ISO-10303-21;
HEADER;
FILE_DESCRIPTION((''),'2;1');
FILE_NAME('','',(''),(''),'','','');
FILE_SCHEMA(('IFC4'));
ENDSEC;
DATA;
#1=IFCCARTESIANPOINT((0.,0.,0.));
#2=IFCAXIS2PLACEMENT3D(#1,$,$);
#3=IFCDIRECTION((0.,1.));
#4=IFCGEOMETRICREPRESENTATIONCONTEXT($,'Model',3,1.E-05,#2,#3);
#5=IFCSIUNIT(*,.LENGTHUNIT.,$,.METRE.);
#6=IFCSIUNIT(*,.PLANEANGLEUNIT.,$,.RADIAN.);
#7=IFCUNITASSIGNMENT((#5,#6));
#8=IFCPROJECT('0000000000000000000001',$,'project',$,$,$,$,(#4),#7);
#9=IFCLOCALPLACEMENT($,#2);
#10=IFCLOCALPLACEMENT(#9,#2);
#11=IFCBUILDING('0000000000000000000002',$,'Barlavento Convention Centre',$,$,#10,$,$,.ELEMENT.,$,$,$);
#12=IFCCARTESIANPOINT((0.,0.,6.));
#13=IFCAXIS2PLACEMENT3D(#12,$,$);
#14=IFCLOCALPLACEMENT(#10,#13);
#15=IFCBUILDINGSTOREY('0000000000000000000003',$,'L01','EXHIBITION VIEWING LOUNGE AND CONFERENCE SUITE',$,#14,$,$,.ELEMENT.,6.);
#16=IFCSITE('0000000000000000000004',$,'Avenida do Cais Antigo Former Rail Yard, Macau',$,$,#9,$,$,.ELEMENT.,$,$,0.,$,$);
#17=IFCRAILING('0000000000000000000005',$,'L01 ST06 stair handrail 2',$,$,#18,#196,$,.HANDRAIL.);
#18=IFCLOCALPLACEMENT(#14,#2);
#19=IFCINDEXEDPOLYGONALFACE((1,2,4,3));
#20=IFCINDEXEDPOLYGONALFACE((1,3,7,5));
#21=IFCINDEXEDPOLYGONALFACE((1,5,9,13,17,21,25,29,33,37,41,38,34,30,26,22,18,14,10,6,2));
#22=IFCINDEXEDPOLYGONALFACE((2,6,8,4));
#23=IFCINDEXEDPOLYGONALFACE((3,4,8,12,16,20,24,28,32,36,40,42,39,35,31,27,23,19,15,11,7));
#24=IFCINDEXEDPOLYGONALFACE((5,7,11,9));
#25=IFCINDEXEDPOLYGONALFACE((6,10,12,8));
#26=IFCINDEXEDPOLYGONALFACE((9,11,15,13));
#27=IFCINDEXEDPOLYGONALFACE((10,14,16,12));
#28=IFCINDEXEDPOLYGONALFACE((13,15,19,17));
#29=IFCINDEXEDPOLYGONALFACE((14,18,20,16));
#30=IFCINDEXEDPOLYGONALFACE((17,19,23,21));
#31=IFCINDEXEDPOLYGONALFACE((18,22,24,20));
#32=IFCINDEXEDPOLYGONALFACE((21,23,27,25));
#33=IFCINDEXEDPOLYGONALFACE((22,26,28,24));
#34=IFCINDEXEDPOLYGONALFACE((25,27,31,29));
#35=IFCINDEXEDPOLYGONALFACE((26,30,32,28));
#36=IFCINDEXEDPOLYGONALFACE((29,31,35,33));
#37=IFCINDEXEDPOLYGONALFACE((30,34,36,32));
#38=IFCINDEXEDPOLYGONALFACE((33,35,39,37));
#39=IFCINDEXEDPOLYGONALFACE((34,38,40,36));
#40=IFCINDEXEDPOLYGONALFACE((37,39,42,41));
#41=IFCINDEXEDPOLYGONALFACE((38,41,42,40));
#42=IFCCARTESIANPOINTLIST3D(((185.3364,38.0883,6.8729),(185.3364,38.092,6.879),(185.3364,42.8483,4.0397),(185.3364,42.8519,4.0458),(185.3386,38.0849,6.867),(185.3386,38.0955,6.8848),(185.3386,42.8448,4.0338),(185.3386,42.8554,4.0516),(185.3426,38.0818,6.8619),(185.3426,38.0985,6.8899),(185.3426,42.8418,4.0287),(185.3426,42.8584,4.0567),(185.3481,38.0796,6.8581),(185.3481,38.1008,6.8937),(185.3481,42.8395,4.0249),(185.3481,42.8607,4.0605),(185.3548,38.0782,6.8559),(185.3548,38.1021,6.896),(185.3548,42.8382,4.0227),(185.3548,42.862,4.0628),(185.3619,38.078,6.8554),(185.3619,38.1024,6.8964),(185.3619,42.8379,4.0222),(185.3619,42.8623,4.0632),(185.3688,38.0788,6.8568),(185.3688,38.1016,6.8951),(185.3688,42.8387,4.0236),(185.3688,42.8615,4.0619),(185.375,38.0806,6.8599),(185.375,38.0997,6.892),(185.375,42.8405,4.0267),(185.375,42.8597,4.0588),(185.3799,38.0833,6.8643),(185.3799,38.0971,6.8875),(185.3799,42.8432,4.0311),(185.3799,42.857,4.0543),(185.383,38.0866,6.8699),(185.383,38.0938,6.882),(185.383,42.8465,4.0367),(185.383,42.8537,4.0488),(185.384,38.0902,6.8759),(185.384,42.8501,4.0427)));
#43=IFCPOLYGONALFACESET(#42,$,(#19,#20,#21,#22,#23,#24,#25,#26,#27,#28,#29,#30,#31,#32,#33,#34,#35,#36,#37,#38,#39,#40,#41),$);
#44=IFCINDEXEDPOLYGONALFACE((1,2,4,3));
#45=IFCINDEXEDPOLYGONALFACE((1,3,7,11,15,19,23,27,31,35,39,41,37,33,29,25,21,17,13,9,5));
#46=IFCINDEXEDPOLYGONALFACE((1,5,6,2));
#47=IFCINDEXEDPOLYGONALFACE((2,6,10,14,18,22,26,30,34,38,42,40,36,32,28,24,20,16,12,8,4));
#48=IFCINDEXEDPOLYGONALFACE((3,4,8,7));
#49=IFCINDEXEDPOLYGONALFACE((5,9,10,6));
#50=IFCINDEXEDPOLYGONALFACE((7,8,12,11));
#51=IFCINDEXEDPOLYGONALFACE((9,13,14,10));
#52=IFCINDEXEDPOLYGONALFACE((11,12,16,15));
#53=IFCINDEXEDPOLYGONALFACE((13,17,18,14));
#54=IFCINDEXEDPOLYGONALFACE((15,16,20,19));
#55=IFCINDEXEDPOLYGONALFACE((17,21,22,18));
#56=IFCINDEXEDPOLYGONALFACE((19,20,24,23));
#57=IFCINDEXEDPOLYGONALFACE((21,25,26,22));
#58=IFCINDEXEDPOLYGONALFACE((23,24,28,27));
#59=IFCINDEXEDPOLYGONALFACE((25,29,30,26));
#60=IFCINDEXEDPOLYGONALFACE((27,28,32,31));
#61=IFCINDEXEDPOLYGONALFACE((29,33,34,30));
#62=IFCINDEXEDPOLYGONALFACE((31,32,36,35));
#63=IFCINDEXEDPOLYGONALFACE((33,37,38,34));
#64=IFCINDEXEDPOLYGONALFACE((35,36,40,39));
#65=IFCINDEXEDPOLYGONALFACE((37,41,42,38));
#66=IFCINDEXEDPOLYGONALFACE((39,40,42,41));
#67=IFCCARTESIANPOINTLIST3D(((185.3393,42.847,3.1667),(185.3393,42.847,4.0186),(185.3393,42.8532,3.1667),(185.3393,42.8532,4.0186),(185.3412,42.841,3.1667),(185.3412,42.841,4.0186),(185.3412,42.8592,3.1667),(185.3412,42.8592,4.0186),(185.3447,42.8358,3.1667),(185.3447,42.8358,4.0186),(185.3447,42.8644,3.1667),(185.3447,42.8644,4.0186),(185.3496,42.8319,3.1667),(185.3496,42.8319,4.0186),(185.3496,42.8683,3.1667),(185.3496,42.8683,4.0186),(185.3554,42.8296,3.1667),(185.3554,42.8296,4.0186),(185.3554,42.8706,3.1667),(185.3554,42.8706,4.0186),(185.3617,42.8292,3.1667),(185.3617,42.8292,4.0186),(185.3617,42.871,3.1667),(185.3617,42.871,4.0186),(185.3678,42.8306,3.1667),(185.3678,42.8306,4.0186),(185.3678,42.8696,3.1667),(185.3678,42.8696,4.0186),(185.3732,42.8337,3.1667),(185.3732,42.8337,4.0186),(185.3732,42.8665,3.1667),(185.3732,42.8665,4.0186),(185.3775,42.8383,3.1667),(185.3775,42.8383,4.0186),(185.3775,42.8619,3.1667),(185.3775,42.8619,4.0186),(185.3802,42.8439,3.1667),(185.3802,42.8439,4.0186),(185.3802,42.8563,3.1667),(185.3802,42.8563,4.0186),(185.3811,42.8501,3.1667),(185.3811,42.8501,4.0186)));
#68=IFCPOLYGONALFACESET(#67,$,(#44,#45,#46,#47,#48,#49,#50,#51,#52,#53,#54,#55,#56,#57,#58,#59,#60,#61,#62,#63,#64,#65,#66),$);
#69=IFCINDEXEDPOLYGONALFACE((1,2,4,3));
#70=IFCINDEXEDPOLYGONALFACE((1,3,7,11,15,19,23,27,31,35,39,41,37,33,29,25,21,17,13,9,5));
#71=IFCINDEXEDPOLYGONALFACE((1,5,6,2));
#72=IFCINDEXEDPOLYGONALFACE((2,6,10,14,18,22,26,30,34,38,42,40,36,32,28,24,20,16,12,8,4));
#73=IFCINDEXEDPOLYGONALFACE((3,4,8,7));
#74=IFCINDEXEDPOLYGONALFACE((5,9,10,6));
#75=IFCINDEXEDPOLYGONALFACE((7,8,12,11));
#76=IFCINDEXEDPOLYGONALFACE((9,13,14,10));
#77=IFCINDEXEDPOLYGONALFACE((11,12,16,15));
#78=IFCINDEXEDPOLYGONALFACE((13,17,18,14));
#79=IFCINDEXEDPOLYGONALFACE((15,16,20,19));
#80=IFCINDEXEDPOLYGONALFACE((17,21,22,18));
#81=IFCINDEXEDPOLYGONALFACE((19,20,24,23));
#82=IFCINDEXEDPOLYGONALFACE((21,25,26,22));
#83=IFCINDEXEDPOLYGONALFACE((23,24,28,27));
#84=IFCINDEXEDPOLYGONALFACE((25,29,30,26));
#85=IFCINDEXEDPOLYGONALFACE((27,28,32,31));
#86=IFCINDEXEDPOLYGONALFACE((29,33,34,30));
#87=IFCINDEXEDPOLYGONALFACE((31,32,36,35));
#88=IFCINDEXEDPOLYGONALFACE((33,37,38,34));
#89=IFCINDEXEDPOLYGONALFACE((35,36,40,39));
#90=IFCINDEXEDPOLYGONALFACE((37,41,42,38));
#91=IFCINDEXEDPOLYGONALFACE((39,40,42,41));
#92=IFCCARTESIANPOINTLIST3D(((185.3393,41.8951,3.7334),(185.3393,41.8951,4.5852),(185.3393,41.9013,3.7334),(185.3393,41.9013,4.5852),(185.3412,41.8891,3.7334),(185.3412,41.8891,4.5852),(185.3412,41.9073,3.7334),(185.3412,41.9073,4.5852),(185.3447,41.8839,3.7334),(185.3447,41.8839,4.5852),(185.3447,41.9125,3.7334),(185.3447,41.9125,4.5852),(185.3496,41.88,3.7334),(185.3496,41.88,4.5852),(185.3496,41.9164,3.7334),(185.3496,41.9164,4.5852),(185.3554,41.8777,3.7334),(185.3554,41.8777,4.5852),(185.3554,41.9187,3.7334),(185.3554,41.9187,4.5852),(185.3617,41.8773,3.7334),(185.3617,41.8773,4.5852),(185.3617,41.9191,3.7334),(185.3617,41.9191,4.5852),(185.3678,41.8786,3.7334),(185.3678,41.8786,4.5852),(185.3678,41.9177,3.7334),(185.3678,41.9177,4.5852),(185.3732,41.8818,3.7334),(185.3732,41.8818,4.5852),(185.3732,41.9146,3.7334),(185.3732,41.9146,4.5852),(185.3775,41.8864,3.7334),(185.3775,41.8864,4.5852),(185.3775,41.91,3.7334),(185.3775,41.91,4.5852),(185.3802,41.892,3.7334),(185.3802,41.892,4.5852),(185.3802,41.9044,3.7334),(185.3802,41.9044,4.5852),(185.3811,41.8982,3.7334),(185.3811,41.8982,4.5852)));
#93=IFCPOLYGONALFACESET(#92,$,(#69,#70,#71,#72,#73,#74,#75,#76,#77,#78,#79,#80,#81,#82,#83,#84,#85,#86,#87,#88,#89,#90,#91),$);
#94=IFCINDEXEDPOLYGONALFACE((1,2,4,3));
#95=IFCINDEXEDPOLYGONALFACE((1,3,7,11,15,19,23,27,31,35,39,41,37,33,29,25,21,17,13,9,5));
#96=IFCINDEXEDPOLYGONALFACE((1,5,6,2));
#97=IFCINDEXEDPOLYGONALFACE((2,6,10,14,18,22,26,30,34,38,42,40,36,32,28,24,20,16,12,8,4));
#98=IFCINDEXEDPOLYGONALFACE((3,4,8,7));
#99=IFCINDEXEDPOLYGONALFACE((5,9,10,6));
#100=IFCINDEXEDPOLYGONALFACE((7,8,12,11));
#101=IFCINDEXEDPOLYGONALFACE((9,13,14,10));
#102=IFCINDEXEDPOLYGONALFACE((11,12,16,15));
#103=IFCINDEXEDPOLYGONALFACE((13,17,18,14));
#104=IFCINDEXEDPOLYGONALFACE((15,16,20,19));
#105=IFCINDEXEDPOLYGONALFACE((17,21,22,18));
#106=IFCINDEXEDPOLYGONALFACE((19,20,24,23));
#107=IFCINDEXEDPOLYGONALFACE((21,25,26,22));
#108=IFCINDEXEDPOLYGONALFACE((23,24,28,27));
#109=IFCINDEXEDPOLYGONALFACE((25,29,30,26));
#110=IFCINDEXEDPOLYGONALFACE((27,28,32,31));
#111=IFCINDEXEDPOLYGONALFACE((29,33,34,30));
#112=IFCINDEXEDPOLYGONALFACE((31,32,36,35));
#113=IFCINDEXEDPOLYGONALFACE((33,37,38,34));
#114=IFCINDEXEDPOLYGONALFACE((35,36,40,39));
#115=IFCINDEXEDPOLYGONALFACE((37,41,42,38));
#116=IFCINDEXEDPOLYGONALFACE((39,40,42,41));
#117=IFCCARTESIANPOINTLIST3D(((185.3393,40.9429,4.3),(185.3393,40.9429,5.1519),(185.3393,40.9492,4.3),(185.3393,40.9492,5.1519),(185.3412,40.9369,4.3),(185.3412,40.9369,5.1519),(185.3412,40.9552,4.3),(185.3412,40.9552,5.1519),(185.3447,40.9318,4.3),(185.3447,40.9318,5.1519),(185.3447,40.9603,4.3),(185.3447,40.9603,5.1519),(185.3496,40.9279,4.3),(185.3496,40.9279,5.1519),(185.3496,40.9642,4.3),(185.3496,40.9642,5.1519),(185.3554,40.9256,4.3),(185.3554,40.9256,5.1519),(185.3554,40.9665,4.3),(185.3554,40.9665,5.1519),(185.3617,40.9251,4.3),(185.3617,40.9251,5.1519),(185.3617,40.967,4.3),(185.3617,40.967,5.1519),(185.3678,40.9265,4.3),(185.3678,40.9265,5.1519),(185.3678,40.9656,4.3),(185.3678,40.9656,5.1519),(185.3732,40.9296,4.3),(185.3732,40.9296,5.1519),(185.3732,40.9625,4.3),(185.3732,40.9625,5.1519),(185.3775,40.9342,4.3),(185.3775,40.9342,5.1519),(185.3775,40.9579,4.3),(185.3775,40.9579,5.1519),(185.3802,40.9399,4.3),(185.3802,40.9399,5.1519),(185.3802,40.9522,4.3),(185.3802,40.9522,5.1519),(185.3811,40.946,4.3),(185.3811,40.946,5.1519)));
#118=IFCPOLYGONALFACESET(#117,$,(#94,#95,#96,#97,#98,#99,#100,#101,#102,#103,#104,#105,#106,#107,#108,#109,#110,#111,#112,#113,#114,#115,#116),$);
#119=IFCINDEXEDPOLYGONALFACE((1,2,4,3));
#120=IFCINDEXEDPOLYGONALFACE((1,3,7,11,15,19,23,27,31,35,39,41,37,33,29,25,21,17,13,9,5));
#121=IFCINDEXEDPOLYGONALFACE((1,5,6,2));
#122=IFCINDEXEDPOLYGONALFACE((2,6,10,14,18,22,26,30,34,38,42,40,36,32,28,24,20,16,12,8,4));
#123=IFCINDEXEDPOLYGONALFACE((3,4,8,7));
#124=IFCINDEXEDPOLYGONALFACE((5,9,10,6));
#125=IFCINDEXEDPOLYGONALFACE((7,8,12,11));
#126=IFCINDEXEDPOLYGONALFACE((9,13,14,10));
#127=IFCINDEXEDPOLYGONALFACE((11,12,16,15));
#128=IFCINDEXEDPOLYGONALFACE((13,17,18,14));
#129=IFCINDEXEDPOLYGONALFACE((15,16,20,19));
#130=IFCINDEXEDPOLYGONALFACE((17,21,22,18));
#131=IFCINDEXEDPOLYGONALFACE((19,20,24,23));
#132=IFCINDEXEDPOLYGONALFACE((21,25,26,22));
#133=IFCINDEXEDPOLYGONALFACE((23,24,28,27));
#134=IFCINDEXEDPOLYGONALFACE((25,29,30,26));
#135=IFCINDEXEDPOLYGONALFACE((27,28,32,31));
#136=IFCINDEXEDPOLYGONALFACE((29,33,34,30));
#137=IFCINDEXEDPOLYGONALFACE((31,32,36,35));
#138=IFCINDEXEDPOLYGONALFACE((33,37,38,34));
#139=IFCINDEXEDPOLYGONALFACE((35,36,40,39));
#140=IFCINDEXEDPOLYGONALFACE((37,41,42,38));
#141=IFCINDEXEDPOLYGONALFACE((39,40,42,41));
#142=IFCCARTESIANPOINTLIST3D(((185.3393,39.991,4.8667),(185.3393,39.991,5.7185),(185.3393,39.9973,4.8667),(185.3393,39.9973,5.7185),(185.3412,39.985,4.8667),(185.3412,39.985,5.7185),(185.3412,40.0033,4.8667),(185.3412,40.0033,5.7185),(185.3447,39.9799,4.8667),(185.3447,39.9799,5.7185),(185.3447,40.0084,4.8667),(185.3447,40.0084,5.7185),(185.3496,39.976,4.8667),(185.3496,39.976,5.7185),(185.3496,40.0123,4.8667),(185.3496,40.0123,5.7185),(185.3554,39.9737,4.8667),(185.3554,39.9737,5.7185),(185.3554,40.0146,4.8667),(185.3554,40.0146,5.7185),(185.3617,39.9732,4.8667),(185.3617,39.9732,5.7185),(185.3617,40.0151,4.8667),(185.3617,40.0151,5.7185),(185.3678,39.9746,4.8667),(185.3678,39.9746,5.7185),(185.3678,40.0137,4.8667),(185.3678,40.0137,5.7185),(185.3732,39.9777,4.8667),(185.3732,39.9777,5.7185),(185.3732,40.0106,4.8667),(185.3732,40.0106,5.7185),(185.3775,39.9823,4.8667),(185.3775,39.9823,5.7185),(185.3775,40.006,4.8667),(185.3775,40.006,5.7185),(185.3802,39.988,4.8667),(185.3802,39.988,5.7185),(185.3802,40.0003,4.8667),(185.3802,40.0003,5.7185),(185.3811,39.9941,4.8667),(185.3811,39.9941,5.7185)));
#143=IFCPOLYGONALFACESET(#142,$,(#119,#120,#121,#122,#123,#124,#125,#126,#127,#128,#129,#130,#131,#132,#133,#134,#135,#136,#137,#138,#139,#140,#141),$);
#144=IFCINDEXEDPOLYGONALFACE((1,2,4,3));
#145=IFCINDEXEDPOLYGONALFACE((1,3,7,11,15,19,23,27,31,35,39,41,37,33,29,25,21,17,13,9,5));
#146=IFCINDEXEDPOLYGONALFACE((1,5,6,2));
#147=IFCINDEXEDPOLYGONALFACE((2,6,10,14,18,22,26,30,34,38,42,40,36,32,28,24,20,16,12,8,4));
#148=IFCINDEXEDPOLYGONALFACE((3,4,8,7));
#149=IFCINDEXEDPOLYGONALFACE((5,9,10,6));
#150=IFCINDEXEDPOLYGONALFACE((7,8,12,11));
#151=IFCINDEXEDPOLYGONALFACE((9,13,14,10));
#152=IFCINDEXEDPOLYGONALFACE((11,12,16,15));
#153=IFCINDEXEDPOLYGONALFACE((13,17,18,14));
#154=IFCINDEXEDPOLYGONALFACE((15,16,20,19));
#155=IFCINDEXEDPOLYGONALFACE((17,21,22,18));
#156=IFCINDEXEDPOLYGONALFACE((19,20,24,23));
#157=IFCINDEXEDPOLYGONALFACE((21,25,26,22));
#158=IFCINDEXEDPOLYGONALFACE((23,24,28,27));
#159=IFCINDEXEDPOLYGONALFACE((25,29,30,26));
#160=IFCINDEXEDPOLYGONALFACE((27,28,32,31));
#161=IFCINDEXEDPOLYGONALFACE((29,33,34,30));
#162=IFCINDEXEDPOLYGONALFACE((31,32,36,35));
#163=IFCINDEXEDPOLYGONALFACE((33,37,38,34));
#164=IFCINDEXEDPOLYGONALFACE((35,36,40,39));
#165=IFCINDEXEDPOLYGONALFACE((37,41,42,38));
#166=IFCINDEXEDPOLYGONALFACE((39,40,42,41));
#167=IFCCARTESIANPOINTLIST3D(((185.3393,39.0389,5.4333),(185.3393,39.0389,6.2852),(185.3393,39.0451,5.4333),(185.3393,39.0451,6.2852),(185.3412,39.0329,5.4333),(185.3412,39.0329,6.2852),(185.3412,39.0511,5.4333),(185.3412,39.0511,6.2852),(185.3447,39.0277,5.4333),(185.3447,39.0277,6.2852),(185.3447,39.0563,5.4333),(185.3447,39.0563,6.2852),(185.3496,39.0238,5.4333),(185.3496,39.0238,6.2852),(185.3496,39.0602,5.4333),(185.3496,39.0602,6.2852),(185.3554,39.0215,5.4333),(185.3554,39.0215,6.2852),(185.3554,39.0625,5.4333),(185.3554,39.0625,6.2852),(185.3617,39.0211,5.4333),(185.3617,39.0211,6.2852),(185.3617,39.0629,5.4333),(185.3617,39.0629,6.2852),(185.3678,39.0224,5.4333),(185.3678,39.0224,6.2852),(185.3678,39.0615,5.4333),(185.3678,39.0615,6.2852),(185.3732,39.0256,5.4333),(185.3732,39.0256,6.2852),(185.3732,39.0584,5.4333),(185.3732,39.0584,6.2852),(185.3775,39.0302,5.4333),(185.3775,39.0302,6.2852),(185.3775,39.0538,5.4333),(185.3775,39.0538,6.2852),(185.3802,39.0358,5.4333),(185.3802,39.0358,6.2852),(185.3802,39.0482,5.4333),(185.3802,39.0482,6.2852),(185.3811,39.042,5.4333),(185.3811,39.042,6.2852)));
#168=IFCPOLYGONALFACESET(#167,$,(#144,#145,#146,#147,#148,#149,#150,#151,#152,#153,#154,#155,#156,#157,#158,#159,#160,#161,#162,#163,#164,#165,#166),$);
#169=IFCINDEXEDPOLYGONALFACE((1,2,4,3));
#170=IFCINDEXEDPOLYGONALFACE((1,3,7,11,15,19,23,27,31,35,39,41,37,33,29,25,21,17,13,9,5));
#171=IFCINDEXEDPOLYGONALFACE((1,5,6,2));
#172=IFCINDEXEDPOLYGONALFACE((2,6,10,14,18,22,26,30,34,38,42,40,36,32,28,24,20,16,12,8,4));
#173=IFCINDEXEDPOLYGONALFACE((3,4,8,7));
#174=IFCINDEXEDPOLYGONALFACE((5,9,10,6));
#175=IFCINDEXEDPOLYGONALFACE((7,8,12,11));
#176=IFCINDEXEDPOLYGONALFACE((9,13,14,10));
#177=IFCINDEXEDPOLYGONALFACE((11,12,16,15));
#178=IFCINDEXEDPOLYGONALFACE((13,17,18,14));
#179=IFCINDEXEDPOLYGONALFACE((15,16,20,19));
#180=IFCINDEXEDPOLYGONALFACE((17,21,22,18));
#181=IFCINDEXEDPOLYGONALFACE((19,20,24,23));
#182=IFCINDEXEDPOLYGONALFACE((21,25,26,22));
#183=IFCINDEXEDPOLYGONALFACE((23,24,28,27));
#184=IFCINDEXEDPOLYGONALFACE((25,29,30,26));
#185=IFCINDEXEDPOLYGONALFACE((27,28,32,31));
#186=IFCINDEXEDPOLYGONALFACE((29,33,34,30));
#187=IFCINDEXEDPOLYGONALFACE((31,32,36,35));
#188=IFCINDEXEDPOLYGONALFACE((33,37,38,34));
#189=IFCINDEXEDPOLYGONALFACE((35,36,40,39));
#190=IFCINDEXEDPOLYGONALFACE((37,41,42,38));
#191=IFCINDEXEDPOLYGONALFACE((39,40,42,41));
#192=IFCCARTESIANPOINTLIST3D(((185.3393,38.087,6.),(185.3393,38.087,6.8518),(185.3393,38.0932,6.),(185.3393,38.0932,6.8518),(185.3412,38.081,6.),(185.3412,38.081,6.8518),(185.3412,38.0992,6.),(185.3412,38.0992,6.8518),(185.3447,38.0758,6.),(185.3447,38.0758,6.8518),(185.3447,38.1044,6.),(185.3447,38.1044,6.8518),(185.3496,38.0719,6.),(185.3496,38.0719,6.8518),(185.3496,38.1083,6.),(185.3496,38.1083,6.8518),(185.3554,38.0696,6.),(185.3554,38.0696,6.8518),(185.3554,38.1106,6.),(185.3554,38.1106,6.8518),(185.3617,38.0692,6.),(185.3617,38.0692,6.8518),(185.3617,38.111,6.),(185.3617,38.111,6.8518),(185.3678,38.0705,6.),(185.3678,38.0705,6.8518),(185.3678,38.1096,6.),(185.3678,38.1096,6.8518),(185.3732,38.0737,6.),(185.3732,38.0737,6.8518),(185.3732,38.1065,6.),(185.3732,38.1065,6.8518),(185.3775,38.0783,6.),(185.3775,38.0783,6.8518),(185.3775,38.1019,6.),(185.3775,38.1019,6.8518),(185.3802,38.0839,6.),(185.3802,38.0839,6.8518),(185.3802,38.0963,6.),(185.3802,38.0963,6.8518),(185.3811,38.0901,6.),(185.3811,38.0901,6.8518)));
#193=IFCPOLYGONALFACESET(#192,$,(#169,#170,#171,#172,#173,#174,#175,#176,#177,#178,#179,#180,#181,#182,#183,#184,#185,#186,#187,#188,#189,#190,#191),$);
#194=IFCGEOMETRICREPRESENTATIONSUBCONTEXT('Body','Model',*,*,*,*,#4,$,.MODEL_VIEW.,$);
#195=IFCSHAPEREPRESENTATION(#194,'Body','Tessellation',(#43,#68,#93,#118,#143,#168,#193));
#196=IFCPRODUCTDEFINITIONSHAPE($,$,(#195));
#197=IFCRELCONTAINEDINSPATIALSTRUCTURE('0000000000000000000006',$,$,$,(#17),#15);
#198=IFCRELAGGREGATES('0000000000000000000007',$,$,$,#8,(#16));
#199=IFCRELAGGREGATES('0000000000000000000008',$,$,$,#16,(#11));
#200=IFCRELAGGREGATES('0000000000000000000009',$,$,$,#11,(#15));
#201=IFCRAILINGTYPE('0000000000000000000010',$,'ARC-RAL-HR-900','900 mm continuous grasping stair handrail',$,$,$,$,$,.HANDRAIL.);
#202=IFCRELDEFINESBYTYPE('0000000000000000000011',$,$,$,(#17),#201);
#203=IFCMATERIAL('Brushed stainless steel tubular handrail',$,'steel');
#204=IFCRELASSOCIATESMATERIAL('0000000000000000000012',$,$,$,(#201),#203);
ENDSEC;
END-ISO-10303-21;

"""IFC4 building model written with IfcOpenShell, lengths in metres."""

from ifc_helpers import new_model, si_unit, direction, frame, origin, origin_2d, place, context, subcontext, project, spatial, circle, extrude, material, type_object, element, save


model = new_model("IFC4")

# Units and contexts
model_context = context("Model", 3, precision=1e-05, world=origin(), true_north=direction((0.0, 1.0)))
body_context = subcontext(model_context, "Body", "Model", "MODEL_VIEW")
ifc_project = project(units=[si_unit("LENGTHUNIT", "METRE"), si_unit("PLANEANGLEUNIT", "RADIAN")], contexts=[model_context])

# Site, building, storey
site_placement = place(None, origin())
site = spatial("IfcSite", under=ifc_project, at=site_placement, Name="Avenida do Cais Antigo Former Rail Yard, Macau", CompositionType="ELEMENT", RefElevation=0.0)
building_placement = place(site_placement, origin())
building = spatial("IfcBuilding", under=site, at=building_placement, Name="Barlavento Convention Centre", CompositionType="ELEMENT")
storey_placement = place(building_placement, frame((0.0, 0.0, 6.0)))
storey = spatial("IfcBuildingStorey", under=building, at=storey_placement, Name="L01", Description="EXHIBITION VIEWING LOUNGE AND CONFERENCE SUITE", CompositionType="ELEMENT", Elevation=6.0)

# Railing
ifc_material_1 = material(Name="Brushed stainless steel tubular handrail", Category="steel")
railing_type_1 = type_object("IfcRailingType", Name="ARC-RAL-HR-900", Description="900 mm continuous grasping stair handrail", PredefinedType="HANDRAIL", material=ifc_material_1)
railing_1_placement = place(storey_placement, frame((185.3601, 42.8501, 3.1667)))
element("IfcRailing", 1, at=railing_1_placement, inside=storey, type_object=railing_type_1, Name="L01 ST06 stair handrail 2", PredefinedType="HANDRAIL", context=body_context, shape_type="SweptSolid", body=[
    extrude(circle(Radius=0.0239, at=origin_2d()), frame((0.0, 0.0, 0.876), z_axis=(0.0, -0.8593, 0.511472), x_axis=(1.0, 0.0, 0.0)), (0.0, 0.0, 1.0), 5.5393),
    extrude(circle(Radius=0.021, at=origin_2d()), origin(), (0.0, 0.0, 1.0), 0.8518),
    extrude(circle(Radius=0.021, at=origin_2d()), frame((0.0, -0.9519, 0.5667)), (0.0, 0.0, 1.0), 0.8518),
    extrude(circle(Radius=0.021, at=origin_2d()), frame((0.0, -1.9041, 1.1333)), (0.0, 0.0, 1.0), 0.8518),
    extrude(circle(Radius=0.021, at=origin_2d()), frame((0.0, -2.856, 1.7)), (0.0, 0.0, 1.0), 0.8518),
    extrude(circle(Radius=0.021, at=origin_2d()), frame((0.0, -3.8081, 2.2666)), (0.0, 0.0, 1.0), 0.8518),
    extrude(circle(Radius=0.021, at=origin_2d()), frame((0.0, -4.76, 2.8333)), (0.0, 0.0, 1.0), 0.8518),
])

save(model, "model.ifc")
